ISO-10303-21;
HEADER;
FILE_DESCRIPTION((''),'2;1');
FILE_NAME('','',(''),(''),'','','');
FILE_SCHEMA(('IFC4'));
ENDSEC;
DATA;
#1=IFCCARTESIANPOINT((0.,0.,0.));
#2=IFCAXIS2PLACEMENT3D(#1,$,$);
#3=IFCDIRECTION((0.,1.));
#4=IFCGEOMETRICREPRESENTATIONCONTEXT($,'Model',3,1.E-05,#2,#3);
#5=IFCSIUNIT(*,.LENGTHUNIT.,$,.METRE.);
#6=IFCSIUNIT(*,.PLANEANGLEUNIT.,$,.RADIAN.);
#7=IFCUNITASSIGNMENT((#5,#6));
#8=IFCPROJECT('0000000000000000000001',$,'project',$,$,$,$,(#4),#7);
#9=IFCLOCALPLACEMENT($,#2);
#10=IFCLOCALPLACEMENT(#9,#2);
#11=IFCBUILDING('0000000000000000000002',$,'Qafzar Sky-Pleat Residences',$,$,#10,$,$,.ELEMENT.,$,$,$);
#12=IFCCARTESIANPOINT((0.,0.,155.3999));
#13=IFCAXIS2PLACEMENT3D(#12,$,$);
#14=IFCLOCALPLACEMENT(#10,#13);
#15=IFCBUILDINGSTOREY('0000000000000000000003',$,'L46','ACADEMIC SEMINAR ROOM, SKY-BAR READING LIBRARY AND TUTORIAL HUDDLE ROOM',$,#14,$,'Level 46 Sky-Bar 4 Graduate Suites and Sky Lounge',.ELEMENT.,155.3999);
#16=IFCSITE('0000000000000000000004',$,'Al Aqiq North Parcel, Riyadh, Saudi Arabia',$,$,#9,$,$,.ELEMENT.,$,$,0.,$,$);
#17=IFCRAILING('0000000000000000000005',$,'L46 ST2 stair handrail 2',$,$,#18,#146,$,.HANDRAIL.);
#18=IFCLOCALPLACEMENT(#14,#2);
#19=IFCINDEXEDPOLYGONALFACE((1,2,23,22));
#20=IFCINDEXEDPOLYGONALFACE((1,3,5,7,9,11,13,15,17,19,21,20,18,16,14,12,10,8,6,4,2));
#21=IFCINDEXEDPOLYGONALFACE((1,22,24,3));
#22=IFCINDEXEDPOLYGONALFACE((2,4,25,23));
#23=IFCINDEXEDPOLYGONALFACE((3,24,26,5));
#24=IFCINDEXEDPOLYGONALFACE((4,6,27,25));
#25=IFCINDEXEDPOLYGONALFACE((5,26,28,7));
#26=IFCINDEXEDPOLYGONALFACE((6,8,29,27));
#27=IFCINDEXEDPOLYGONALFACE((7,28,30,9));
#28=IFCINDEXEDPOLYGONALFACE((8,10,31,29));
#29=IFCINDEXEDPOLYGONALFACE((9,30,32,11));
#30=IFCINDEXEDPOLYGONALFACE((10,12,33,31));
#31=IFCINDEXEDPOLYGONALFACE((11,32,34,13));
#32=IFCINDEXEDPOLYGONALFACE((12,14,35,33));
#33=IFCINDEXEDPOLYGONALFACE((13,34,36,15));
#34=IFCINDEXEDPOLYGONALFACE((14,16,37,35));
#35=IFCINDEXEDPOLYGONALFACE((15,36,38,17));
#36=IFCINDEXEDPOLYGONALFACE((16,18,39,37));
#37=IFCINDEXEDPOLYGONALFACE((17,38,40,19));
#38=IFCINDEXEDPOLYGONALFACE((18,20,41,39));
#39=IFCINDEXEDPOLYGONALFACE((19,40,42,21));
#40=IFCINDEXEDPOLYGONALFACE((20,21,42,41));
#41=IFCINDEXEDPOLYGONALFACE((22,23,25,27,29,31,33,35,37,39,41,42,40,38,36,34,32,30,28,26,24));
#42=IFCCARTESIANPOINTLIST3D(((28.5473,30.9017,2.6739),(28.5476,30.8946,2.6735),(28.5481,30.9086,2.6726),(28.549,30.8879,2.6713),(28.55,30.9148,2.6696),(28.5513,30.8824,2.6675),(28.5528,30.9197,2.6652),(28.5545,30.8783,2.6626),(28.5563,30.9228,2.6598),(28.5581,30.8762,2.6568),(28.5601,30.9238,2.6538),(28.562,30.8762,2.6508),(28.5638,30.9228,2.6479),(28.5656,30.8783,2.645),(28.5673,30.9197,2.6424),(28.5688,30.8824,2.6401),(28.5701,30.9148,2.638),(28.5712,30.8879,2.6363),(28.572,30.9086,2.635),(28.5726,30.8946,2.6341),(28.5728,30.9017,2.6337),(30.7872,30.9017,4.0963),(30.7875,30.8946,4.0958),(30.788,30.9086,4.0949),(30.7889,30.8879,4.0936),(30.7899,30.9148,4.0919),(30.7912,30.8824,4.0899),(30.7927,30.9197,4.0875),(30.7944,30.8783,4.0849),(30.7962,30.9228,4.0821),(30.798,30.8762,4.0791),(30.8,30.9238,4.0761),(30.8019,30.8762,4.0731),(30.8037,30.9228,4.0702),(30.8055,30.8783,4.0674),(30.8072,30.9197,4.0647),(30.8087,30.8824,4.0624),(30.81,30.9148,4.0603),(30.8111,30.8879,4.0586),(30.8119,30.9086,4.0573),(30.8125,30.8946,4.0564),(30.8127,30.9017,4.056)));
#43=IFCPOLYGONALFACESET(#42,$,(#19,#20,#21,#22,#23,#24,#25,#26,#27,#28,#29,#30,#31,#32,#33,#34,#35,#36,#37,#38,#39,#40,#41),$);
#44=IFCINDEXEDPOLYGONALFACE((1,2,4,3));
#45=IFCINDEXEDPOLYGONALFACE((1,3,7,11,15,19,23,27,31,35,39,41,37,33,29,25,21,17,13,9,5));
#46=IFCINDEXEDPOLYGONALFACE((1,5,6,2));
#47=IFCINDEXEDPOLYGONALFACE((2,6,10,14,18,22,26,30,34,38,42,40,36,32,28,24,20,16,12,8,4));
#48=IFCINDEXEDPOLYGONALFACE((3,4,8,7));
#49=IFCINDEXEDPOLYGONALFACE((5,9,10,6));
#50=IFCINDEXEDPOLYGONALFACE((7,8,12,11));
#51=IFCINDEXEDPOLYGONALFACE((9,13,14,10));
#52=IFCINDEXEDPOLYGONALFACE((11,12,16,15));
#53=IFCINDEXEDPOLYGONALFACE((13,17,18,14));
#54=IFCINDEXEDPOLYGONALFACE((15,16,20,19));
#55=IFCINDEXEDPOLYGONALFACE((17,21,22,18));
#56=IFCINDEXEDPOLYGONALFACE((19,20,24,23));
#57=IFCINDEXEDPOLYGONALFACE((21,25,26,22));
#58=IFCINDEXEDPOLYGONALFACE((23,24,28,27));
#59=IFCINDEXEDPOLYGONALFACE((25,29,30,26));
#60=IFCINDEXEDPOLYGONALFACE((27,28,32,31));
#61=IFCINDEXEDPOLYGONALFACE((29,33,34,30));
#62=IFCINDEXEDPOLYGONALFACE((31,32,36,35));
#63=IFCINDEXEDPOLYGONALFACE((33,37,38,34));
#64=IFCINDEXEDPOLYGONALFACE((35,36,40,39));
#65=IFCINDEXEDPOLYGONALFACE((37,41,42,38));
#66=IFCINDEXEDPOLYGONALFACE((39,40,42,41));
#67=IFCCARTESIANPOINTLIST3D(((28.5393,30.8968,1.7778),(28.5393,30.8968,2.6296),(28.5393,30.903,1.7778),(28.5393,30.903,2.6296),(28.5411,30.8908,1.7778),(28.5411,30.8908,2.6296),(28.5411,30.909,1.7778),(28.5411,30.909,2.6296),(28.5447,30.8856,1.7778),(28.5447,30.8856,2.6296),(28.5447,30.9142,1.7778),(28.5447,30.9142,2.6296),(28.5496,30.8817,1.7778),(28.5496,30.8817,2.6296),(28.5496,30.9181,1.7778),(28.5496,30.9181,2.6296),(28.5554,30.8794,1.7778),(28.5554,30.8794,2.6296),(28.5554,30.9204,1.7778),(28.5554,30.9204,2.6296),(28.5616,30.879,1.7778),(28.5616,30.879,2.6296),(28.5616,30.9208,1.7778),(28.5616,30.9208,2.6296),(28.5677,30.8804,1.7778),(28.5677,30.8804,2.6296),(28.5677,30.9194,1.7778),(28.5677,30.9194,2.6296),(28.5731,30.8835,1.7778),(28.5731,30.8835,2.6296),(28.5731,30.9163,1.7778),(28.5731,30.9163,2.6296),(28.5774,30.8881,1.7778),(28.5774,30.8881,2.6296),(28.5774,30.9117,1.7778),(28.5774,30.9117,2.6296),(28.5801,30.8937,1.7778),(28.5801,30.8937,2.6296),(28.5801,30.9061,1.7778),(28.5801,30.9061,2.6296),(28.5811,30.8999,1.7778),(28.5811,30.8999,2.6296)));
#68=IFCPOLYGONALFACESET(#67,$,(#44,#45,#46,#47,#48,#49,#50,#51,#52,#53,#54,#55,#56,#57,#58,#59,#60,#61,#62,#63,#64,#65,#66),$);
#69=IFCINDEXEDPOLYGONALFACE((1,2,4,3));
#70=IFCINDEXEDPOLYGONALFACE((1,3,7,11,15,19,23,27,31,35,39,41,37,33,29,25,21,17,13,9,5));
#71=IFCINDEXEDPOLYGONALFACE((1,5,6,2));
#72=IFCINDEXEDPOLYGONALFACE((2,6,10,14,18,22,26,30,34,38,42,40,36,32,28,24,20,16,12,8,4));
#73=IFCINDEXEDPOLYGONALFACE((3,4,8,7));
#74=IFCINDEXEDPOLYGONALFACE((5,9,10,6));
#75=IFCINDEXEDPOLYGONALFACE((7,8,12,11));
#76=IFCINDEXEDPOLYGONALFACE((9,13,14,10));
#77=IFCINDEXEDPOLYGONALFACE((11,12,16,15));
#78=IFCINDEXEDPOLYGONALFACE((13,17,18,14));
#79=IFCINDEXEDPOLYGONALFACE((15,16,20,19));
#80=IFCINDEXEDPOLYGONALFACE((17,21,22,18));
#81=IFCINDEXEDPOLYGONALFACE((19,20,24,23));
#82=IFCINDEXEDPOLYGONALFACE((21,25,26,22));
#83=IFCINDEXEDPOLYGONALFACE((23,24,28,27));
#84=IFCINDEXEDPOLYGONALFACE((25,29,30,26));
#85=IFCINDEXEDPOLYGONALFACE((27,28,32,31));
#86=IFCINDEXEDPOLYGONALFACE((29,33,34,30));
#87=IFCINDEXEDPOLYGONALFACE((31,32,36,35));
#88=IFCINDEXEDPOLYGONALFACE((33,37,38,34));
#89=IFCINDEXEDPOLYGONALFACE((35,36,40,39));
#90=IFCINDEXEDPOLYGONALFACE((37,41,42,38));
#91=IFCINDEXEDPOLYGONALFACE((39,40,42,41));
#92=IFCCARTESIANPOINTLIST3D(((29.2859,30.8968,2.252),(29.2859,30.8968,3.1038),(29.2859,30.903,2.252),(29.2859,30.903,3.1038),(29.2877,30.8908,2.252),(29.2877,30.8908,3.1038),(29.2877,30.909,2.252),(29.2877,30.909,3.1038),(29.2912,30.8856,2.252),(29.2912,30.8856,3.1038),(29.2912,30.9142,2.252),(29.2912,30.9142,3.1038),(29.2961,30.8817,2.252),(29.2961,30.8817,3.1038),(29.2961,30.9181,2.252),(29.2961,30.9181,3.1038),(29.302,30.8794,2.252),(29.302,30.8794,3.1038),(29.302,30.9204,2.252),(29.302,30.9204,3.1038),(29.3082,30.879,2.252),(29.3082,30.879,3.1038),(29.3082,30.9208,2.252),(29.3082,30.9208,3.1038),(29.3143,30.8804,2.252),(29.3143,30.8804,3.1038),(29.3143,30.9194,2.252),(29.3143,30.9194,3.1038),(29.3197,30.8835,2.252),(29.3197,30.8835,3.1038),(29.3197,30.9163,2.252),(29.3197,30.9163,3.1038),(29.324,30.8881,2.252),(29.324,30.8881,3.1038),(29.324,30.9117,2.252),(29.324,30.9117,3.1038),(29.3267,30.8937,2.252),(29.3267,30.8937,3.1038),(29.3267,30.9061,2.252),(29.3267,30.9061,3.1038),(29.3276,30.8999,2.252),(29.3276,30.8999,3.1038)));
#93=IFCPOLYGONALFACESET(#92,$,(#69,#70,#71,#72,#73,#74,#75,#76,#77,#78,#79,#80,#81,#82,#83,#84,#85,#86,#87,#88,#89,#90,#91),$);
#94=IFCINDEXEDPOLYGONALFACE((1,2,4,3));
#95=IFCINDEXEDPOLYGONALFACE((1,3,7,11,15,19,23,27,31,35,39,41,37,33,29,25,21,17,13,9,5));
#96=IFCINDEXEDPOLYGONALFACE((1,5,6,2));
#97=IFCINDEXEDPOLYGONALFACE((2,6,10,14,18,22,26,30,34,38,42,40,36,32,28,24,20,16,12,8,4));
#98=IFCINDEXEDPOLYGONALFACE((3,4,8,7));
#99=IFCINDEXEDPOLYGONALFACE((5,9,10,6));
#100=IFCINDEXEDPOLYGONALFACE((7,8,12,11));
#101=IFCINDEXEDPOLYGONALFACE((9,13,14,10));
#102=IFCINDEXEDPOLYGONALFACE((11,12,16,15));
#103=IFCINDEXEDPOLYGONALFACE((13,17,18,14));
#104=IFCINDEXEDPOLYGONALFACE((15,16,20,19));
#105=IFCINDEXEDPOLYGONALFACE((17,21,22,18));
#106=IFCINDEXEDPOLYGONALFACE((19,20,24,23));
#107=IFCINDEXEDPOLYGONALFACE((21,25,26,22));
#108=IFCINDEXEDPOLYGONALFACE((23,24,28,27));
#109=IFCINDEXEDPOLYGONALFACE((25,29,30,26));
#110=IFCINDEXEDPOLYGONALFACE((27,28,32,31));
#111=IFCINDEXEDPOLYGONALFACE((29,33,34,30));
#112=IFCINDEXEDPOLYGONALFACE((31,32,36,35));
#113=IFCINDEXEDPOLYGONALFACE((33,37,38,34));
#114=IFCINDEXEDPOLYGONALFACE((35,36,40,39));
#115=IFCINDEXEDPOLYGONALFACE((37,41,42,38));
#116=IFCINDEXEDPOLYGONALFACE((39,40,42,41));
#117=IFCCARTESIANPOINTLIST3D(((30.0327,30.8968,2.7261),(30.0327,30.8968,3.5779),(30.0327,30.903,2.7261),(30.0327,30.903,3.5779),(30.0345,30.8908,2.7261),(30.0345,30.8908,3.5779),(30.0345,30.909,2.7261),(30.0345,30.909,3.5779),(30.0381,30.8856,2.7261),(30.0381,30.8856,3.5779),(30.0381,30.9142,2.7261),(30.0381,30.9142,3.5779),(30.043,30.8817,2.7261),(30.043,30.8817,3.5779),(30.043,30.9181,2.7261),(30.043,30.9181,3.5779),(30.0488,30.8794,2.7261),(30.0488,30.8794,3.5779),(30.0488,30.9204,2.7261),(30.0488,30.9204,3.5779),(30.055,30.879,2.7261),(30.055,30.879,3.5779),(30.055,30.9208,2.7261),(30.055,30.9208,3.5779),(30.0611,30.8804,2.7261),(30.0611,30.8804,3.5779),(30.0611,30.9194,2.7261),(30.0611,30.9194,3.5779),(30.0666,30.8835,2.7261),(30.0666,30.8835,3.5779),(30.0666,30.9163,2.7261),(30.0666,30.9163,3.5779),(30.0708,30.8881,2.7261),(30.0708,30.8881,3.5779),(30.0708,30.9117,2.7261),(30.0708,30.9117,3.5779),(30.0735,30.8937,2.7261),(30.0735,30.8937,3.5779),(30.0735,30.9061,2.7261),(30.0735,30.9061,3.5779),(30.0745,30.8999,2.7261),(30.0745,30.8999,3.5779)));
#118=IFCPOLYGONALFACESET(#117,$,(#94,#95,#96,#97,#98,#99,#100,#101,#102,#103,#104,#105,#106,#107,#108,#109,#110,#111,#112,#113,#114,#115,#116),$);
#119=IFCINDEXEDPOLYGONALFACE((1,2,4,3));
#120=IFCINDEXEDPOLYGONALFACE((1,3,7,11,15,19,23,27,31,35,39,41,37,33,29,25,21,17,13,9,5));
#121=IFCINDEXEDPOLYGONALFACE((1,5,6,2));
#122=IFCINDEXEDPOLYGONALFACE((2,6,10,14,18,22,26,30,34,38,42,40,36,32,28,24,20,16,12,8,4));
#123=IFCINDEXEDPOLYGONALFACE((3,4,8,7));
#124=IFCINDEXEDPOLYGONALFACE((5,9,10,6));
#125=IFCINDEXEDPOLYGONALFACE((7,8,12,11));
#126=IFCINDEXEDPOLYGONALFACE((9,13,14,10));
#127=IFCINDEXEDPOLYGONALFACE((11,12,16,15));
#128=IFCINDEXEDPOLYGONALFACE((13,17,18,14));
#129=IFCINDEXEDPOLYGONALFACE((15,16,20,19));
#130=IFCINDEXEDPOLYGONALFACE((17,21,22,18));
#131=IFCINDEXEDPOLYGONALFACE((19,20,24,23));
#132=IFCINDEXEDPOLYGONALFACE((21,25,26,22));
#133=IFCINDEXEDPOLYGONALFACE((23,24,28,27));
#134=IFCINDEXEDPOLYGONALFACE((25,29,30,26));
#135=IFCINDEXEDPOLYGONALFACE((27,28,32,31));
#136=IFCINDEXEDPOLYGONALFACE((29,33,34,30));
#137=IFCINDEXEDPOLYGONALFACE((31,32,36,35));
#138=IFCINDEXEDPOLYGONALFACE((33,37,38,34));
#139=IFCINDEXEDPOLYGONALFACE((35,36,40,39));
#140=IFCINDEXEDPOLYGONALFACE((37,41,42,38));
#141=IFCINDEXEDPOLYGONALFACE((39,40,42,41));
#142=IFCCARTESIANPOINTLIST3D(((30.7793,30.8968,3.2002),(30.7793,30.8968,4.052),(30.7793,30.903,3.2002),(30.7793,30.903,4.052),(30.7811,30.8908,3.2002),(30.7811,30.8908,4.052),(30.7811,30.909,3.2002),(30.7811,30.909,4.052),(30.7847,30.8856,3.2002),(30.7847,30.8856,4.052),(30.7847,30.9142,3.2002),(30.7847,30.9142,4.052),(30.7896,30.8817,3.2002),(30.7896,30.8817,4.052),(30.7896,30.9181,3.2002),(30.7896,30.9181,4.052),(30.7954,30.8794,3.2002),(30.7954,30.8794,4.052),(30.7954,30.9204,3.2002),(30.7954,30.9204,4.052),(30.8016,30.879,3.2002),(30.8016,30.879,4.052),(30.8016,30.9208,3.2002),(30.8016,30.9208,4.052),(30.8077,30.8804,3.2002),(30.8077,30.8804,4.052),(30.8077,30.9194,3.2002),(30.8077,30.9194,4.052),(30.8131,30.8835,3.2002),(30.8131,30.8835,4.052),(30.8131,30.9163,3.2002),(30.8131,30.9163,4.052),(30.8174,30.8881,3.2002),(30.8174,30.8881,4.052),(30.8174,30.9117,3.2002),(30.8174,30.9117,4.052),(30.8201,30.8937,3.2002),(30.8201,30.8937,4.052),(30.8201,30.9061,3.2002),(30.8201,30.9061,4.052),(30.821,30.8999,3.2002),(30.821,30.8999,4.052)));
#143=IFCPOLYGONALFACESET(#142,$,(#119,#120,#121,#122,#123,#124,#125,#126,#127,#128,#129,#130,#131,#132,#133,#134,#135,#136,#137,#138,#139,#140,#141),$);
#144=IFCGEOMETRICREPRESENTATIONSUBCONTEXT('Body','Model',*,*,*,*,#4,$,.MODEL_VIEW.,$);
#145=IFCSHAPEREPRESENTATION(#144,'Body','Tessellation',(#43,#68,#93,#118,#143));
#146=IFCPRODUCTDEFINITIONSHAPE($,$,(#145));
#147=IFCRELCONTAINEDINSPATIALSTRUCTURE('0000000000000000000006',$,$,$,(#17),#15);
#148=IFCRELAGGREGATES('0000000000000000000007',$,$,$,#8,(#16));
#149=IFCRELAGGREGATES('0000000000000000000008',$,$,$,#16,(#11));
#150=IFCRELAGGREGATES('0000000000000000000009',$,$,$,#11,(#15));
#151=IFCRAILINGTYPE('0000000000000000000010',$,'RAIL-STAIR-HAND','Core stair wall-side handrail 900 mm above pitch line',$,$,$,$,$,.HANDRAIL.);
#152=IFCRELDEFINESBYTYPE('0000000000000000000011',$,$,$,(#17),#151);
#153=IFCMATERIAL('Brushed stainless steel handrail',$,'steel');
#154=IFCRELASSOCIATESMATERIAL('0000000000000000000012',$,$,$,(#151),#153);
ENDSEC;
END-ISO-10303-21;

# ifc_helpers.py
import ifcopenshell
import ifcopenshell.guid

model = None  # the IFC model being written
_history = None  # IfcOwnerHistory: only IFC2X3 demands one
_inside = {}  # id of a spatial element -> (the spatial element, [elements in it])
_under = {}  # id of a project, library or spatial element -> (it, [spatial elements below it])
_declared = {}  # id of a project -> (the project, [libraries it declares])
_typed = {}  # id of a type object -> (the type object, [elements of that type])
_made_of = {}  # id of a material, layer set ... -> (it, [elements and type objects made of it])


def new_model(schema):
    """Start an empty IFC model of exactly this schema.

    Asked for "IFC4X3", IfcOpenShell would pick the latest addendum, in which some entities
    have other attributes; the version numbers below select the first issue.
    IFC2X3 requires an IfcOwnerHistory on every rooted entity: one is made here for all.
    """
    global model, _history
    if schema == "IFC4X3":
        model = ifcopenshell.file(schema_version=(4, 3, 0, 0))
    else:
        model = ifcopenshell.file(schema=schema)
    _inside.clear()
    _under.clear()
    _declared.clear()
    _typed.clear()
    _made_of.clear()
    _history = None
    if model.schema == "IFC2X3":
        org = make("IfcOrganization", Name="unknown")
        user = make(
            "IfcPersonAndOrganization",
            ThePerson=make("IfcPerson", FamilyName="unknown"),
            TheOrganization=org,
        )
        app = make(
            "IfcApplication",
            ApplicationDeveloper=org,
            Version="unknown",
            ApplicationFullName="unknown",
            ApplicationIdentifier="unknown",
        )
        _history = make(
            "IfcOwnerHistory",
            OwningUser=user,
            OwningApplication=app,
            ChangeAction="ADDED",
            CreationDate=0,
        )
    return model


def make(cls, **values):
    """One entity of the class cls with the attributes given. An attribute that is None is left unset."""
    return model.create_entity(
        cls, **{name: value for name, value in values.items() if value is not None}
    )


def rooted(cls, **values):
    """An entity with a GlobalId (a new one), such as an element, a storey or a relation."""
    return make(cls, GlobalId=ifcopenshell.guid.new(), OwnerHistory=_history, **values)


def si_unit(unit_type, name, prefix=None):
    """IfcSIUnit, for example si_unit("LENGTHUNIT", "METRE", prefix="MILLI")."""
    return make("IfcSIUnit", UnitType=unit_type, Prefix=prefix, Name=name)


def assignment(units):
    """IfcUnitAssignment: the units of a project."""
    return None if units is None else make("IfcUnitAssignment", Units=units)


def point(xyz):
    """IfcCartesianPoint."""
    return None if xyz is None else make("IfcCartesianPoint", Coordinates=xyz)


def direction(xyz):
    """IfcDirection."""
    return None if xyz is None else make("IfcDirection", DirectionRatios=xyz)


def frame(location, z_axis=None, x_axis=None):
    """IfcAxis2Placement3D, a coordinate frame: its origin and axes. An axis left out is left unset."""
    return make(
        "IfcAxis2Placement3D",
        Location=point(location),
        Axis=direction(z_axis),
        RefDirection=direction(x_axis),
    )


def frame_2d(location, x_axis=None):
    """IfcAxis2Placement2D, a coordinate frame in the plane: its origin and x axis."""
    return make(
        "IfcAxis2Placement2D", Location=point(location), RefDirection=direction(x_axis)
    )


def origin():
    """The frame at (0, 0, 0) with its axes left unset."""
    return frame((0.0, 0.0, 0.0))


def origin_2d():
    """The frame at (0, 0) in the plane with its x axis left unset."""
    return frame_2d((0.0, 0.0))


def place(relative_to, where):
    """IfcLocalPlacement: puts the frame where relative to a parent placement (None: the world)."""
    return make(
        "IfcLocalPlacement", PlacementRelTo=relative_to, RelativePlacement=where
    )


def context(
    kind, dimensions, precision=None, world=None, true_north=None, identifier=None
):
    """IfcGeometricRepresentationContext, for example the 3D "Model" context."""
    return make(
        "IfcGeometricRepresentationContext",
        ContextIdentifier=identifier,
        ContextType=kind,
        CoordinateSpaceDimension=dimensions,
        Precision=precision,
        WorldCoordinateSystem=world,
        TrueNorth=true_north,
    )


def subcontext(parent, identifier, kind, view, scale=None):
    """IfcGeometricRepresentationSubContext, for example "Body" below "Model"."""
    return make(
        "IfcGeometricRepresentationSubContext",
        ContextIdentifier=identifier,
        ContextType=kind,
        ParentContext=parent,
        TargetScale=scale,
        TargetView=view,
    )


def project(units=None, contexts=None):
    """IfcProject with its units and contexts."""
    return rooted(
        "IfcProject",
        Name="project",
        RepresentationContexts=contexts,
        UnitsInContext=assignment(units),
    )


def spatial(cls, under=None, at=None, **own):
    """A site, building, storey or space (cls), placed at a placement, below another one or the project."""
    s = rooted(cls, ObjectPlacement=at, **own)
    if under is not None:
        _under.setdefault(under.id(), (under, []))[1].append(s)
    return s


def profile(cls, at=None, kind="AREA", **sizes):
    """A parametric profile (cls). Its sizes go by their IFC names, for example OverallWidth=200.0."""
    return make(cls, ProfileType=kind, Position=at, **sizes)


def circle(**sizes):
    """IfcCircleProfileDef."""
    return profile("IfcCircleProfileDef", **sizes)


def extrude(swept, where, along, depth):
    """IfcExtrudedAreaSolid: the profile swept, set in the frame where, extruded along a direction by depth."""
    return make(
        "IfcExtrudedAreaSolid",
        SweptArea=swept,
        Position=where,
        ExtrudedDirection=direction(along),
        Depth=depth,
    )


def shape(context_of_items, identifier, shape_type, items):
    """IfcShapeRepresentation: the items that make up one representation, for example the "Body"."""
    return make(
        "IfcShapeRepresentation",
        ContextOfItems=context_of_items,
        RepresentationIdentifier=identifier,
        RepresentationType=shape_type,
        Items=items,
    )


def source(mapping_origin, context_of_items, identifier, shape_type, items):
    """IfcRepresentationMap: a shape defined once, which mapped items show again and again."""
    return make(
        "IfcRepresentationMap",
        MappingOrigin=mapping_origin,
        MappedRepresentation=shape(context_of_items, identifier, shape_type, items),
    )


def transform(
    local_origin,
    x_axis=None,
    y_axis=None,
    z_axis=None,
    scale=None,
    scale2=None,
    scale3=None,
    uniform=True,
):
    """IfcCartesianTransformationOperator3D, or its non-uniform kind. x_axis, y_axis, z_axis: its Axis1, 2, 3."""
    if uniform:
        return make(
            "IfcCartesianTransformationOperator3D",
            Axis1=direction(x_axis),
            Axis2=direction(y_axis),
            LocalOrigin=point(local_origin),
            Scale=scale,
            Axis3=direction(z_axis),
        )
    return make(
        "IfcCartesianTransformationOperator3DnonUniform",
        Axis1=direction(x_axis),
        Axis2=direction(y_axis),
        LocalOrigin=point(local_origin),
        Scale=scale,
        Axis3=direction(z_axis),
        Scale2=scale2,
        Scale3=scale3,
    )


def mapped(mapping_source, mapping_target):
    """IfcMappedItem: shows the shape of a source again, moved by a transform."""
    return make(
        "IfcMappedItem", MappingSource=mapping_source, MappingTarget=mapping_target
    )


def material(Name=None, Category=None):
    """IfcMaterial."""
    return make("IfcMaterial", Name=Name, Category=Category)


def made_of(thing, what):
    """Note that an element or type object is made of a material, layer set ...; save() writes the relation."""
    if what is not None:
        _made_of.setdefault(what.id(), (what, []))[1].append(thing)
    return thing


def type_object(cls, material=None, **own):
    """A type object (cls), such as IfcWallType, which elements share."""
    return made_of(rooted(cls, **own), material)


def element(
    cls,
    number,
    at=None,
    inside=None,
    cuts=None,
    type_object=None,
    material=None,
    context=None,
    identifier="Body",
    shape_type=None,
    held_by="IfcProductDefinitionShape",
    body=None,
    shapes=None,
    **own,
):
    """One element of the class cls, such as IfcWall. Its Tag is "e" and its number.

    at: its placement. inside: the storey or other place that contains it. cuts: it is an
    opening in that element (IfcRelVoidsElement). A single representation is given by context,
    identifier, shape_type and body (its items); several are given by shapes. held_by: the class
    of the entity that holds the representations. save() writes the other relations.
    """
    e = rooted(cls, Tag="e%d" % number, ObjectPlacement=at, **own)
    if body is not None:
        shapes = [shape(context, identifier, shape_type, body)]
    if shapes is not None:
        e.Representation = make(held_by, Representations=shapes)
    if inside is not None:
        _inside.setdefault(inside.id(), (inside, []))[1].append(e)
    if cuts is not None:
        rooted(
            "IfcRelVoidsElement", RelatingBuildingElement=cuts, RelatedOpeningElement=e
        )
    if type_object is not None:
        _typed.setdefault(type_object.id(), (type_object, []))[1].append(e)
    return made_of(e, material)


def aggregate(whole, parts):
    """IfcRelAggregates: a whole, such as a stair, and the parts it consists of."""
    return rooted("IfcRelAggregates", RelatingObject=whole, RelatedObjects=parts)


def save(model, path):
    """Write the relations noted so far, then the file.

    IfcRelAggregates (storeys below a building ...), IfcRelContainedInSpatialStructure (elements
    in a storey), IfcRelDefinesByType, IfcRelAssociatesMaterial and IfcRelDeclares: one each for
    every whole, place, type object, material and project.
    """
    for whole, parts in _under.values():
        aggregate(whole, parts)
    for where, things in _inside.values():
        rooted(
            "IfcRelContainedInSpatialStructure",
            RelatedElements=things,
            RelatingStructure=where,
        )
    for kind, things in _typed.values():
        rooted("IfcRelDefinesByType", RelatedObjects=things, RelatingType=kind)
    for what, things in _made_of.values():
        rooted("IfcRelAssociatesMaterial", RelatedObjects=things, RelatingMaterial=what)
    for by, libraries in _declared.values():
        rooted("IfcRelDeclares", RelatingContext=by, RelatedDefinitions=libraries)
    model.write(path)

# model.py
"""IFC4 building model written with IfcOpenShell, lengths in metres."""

from ifc_helpers import new_model, si_unit, direction, frame, origin, origin_2d, place, context, subcontext, project, spatial, circle, extrude, source, transform, mapped, material, type_object, element, save


model = new_model("IFC4")

# Units and contexts
model_context = context("Model", 3, precision=1e-05, world=origin(), true_north=direction((0.0, 1.0)))
body_context = subcontext(model_context, "Body", "Model", "MODEL_VIEW")
ifc_project = project(units=[si_unit("LENGTHUNIT", "METRE"), si_unit("PLANEANGLEUNIT", "RADIAN")], contexts=[model_context])

# Site, building, storey
site_placement = place(None, origin())
site = spatial("IfcSite", under=ifc_project, at=site_placement, Name="Al Aqiq North Parcel, Riyadh, Saudi Arabia", CompositionType="ELEMENT", RefElevation=0.0)
building_placement = place(site_placement, origin())
building = spatial("IfcBuilding", under=site, at=building_placement, Name="Qafzar Sky-Pleat Residences", CompositionType="ELEMENT")
storey_placement = place(building_placement, frame((0.0, 0.0, 155.3999)))
storey = spatial("IfcBuildingStorey", under=building, at=storey_placement, Name="L46", Description="ACADEMIC SEMINAR ROOM, SKY-BAR READING LIBRARY AND TUTORIAL HUDDLE ROOM", LongName="Level 46 Sky-Bar 4 Graduate Suites and Sky Lounge", CompositionType="ELEMENT", Elevation=155.3999)

# Railing
ifc_material_1 = material(Name="Brushed stainless steel handrail", Category="steel")
railing_type_1 = type_object("IfcRailingType", Name="RAIL-STAIR-HAND", Description="Core stair wall-side handrail 900 mm above pitch line", PredefinedType="HANDRAIL", material=ifc_material_1)
shared_shape_1 = source(origin(), body_context, "Body", "SweptSolid", [
    extrude(circle(Radius=0.0239, at=origin_2d()), frame((0.0, 0.0, 0.876), z_axis=(0.844188, 0.0, 0.536048), x_axis=(0.0, 1.0, 0.0)), (0.0, 0.0, 1.0), 2.6533),
    extrude(circle(Radius=0.021, at=origin_2d()), origin(), (0.0, 0.0, 1.0), 0.8518),
    extrude(circle(Radius=0.021, at=origin_2d()), frame((0.7466, 0.0, 0.4741)), (0.0, 0.0, 1.0), 0.8518),
    extrude(circle(Radius=0.021, at=origin_2d()), frame((1.4934, 0.0, 0.9482)), (0.0, 0.0, 1.0), 0.8518),
    extrude(circle(Radius=0.021, at=origin_2d()), frame((2.24, 0.0, 1.4224)), (0.0, 0.0, 1.0), 0.8518),
])
railing_1_placement = place(storey_placement, frame((28.5601, 30.8999, 1.7778)))
element("IfcRailing", 1, at=railing_1_placement, inside=storey, type_object=railing_type_1, Name="L46 ST2 stair handrail 2", PredefinedType="HANDRAIL", context=body_context, shape_type="MappedRepresentation", body=[
    mapped(shared_shape_1, transform((0.0, 0.0, 0.0), x_axis=(1.0, 0.0, 0.0), y_axis=(0.0, 1.0, 0.0), z_axis=(0.0, 0.0, 1.0), scale=1.0)),
])

save(model, "model.ifc")
